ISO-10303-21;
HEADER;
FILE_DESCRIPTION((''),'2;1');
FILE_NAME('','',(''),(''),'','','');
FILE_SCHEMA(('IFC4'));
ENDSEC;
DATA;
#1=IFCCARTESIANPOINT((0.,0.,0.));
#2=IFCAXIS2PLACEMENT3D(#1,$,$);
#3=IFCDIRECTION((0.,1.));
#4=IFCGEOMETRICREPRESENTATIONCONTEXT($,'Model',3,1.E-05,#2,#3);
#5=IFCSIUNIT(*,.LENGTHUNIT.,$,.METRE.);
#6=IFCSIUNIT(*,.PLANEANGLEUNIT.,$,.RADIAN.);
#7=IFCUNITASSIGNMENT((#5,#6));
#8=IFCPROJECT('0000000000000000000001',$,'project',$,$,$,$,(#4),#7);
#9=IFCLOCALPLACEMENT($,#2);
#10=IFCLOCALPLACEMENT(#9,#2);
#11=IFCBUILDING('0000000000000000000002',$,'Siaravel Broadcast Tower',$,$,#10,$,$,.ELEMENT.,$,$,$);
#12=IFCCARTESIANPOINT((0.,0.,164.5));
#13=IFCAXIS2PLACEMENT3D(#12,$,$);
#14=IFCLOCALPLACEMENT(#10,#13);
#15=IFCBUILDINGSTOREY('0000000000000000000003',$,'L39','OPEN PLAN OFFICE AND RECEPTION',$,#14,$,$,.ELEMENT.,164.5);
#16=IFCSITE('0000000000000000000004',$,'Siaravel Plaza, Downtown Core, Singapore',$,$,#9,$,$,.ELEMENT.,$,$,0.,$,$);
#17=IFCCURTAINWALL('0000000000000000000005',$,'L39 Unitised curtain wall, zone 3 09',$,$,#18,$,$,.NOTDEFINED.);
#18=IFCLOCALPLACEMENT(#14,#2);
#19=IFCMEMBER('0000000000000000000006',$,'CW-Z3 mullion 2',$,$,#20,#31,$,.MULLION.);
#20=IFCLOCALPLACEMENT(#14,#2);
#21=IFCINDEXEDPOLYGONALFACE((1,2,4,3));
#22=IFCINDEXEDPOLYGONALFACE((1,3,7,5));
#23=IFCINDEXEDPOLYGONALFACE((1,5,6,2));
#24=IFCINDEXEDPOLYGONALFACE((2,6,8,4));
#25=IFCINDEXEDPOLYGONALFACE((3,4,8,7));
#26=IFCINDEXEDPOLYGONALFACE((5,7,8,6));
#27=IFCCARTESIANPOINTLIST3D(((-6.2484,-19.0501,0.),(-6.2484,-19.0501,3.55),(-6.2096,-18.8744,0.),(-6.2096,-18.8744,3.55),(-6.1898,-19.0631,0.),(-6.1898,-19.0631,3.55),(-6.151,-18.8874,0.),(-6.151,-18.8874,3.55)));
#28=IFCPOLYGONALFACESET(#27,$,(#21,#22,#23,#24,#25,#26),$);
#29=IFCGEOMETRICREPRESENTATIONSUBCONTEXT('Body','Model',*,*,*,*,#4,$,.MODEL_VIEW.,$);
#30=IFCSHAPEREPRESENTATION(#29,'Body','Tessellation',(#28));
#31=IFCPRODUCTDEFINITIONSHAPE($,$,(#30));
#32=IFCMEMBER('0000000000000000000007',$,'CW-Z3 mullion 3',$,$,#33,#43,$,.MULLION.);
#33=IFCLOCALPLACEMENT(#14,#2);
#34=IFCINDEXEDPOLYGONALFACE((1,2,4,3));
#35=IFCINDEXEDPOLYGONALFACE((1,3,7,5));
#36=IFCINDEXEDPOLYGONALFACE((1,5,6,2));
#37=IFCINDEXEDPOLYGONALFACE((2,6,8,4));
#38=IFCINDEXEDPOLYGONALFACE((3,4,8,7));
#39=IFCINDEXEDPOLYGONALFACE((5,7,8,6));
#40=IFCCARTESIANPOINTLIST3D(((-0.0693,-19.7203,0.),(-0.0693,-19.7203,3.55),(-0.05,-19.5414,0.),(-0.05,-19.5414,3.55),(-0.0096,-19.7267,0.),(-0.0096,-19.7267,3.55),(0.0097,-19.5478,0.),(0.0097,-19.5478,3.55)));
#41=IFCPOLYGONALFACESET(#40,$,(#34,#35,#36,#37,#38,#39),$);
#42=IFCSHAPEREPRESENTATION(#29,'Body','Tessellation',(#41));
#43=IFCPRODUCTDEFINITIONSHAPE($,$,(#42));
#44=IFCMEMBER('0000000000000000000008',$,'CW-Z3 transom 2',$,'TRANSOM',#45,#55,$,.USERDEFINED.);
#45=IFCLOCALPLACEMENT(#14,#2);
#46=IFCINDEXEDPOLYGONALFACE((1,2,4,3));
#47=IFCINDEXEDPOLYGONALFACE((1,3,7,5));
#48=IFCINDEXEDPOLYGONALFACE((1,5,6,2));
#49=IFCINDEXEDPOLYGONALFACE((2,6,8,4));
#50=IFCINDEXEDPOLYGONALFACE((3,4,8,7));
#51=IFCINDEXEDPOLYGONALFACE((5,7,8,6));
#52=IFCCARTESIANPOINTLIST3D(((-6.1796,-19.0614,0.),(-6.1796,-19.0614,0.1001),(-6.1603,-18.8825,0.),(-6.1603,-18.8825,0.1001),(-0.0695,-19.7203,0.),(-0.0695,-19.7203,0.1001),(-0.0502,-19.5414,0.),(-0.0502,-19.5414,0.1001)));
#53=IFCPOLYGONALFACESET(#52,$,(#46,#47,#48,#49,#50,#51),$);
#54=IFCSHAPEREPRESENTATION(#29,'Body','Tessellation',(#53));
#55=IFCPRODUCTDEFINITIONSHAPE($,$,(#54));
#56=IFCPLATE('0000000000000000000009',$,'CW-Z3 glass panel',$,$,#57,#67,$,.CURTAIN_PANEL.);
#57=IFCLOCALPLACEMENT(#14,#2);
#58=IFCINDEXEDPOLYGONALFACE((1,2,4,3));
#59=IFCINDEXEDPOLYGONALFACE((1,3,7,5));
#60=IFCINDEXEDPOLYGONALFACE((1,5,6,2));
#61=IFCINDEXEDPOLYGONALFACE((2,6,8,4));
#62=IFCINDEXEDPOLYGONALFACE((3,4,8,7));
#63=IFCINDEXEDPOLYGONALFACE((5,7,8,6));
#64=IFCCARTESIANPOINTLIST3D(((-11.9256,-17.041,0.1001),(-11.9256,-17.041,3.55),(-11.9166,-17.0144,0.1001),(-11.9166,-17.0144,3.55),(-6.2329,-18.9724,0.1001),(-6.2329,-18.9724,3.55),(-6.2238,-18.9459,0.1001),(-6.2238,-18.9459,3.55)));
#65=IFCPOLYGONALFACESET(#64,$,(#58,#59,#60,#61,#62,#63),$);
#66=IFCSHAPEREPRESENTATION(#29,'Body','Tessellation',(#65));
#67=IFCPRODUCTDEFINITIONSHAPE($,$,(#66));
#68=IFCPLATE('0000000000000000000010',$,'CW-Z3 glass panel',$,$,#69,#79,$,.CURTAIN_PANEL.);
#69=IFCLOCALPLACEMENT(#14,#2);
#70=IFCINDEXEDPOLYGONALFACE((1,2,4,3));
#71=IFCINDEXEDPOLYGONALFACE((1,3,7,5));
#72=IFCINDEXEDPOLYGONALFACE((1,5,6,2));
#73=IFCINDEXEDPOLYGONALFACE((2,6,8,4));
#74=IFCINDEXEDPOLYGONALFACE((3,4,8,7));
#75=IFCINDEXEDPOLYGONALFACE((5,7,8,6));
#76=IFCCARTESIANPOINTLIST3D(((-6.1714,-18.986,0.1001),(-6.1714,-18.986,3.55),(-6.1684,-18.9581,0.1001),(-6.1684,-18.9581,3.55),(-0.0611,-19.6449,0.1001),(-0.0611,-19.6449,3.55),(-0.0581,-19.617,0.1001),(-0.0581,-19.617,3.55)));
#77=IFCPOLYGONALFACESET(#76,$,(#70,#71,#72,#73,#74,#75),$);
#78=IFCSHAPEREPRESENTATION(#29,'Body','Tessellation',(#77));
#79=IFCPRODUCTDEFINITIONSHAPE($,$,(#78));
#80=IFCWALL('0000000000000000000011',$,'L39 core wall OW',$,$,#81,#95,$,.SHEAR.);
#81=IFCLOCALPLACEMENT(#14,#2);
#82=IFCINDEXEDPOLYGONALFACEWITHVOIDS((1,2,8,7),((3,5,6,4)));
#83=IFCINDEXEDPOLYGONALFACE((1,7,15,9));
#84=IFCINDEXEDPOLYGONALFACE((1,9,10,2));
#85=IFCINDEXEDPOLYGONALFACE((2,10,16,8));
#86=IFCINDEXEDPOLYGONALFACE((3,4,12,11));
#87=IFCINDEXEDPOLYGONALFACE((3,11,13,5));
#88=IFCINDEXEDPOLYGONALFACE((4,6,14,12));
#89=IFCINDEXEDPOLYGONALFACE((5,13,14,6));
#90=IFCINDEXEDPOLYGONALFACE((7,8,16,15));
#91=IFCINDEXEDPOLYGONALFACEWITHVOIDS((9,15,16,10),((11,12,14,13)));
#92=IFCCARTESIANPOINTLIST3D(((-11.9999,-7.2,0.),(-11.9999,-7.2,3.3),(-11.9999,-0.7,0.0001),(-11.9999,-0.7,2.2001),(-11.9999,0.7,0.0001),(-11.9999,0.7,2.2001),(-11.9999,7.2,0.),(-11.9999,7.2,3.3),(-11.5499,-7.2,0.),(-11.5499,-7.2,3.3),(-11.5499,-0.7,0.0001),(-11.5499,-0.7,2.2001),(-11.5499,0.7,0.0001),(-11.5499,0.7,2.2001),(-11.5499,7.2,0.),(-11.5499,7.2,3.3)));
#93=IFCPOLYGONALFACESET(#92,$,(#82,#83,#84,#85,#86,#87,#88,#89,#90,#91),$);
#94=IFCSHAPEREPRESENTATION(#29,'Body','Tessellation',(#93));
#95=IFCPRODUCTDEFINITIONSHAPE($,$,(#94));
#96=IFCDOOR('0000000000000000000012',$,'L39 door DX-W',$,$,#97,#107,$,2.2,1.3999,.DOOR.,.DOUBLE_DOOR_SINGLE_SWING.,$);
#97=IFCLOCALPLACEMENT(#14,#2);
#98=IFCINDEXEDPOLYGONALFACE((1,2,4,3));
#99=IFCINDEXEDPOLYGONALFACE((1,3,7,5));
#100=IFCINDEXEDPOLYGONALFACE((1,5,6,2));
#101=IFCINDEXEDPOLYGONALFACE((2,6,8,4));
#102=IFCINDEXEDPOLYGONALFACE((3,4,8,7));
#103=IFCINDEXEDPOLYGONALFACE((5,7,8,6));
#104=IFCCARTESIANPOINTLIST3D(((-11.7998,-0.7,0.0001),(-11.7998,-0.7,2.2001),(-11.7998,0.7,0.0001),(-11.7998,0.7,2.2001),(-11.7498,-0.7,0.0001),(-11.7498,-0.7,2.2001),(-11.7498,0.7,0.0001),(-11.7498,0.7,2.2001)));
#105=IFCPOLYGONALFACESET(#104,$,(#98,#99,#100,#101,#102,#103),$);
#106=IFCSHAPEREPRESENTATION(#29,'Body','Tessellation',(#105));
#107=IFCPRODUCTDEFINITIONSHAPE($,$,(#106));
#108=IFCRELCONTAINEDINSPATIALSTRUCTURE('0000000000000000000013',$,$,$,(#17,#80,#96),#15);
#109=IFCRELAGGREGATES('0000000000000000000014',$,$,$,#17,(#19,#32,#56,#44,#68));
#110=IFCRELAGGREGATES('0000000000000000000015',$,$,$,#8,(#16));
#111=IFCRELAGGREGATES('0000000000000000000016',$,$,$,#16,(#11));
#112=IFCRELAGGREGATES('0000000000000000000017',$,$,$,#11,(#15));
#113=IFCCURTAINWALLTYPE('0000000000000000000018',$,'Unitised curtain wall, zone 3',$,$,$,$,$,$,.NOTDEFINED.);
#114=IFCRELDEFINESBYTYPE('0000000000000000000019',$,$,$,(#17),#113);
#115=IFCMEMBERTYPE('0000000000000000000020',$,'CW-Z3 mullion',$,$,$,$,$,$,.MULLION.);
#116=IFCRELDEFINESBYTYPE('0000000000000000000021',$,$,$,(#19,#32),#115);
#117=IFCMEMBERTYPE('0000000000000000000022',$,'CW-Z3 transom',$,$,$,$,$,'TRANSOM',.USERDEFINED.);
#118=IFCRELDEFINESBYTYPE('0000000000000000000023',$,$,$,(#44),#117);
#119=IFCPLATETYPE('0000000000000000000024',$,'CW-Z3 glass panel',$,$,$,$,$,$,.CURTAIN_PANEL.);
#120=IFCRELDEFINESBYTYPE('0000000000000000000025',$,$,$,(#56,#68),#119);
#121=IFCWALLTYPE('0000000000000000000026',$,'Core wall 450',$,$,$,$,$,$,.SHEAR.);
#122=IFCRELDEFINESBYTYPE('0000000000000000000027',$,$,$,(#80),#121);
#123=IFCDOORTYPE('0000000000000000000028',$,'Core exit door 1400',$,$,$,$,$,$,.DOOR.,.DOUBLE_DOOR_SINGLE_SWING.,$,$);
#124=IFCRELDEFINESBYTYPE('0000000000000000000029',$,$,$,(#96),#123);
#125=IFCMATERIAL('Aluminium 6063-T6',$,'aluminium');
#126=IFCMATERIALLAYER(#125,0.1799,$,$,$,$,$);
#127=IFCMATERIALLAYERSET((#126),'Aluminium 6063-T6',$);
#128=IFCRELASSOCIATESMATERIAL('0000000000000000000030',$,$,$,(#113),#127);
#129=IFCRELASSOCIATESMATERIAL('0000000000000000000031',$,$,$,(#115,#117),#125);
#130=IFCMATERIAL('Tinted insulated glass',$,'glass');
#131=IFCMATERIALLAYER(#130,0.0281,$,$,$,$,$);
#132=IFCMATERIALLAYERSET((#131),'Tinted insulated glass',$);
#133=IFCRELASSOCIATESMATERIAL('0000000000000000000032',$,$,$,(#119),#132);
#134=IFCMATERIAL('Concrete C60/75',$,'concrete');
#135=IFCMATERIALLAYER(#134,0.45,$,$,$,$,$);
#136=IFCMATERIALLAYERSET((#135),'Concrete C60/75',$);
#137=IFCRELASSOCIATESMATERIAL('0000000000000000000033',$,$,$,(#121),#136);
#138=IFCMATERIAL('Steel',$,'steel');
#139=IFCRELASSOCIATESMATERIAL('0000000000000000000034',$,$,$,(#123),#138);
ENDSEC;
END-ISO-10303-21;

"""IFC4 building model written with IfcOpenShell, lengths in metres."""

from ifc_helpers import new_model, si_unit, direction, frame, frame_2d, origin, origin_2d, place, context, subcontext, project, spatial, rectangle, extrude, material, layer, layer_set, material_profile, profile_set, type_object, element, fill, aggregate, save


model = new_model("IFC4")

# Units and contexts
model_context = context("Model", 3, precision=1e-05, world=origin(), true_north=direction((0.0, 1.0)))
body_context = subcontext(model_context, "Body", "Model", "MODEL_VIEW")
ifc_project = project(units=[si_unit("LENGTHUNIT", "METRE"), si_unit("PLANEANGLEUNIT", "RADIAN")], contexts=[model_context])

# Site, building, storey
site_placement = place(None, origin())
site = spatial("IfcSite", under=ifc_project, at=site_placement, Name="Siaravel Plaza, Downtown Core, Singapore", CompositionType="ELEMENT", RefElevation=0.0)
building_placement = place(site_placement, origin())
building = spatial("IfcBuilding", under=site, at=building_placement, Name="Siaravel Broadcast Tower", CompositionType="ELEMENT")
storey_placement = place(building_placement, frame((0.0, 0.0, 164.5)))
storey = spatial("IfcBuildingStorey", under=building, at=storey_placement, Name="L39", Description="OPEN PLAN OFFICE AND RECEPTION", CompositionType="ELEMENT", Elevation=164.5)

# Shared definitions
ifc_material_1 = material(Name="Concrete C60/75", Category="concrete")

# Curtain wall, members, plates
ifc_material_2 = material(Name="Aluminium 6063-T6", Category="aluminium")
ifc_layer_1 = layer(ifc_material_2, 0.1799)
ifc_layer_set_1 = layer_set([ifc_layer_1], Name="Aluminium 6063-T6")
curtain_wall_type = type_object("IfcCurtainWallType", Name="Unitised curtain wall, zone 3", PredefinedType="NOTDEFINED", material=ifc_layer_set_1)
curtain_wall_placement = place(storey_placement, origin())
curtain_wall = element("IfcCurtainWall", 1, at=curtain_wall_placement, inside=storey, type_object=curtain_wall_type, Name="L39 Unitised curtain wall, zone 3 09", PredefinedType="NOTDEFINED")
ifc_material_profile_1 = material_profile(ifc_material_2, rectangle(XDim=0.1799, YDim=0.0601, at=origin_2d()))
ifc_profile_set_1 = profile_set([ifc_material_profile_1], Name="Aluminium 6063-T6")
member_type_1 = type_object("IfcMemberType", Name="CW-Z3 mullion", PredefinedType="MULLION", material=ifc_profile_set_1)
member_1_placement = place(storey_placement, frame((-6.1997, -18.9688, 0.0), z_axis=(0.0, 0.0, 1.0), x_axis=(0.215559, 0.976491, 0.0)))
member_1 = element("IfcMember", 2, at=member_1_placement, type_object=member_type_1, Name="CW-Z3 mullion 2", PredefinedType="MULLION", context=body_context, shape_type="SweptSolid", body=[
    extrude(rectangle(XDim=0.1799, YDim=0.0601, at=origin_2d()), origin(), (0.0, 0.0, 1.0), 3.55),
])
member_2_placement = place(storey_placement, frame((-0.0298, -19.634, 0.0), z_axis=(0.0, 0.0, 1.0), x_axis=(0.107218, 0.994236, 0.0)))
member_2 = element("IfcMember", 3, at=member_2_placement, type_object=member_type_1, Name="CW-Z3 mullion 3", PredefinedType="MULLION", context=body_context, shape_type="SweptSolid", body=[
    extrude(rectangle(XDim=0.1799, YDim=0.0601, at=origin_2d()), origin(), (0.0, 0.0, 1.0), 3.55),
])
ifc_material_profile_2 = material_profile(ifc_material_2, rectangle(XDim=0.1799, YDim=0.1001, at=origin_2d()))
ifc_profile_set_2 = profile_set([ifc_material_profile_2], Name="Aluminium 6063-T6")
member_type_2 = type_object("IfcMemberType", Name="CW-Z3 transom", ElementType="TRANSOM", PredefinedType="USERDEFINED", material=ifc_profile_set_2)
member_3_placement = place(storey_placement, frame((-6.1699, -18.9719, 0.05), z_axis=(0.994235, -0.107222, 0.0), x_axis=(0.107222, 0.994235, 0.0)))
member_3 = element("IfcMember", 4, at=member_3_placement, type_object=member_type_2, Name="CW-Z3 transom 2", ObjectType="TRANSOM", PredefinedType="USERDEFINED", context=body_context, shape_type="SweptSolid", body=[
    extrude(rectangle(XDim=0.1799, YDim=0.1001, at=origin_2d()), origin(), (0.0, 0.0, 1.0), 6.1455),
])
ifc_material_3 = material(Name="Tinted insulated glass", Category="glass")
ifc_layer_2 = layer(ifc_material_3, 0.0281)
ifc_layer_set_2 = layer_set([ifc_layer_2], Name="Tinted insulated glass")
plate_type = type_object("IfcPlateType", Name="CW-Z3 glass panel", PredefinedType="CURTAIN_PANEL", material=ifc_layer_set_2)
plate_1_placement = place(storey_placement, frame((-9.0747, -17.9934, 0.1001), z_axis=(0.0, 0.0, 1.0), x_axis=(0.946977, -0.321301, 0.0)))
plate_1 = element("IfcPlate", 5, at=plate_1_placement, type_object=plate_type, Name="CW-Z3 glass panel", PredefinedType="CURTAIN_PANEL", context=body_context, shape_type="SweptSolid", body=[
    extrude(rectangle(XDim=6.0115, YDim=0.0281, at=origin_2d()), origin(), (0.0, 0.0, 1.0), 3.45),
])
plate_2_placement = place(storey_placement, frame((-3.1147, -19.3015, 0.1001), z_axis=(0.0, 0.0, 1.0), x_axis=(0.994236, -0.107218, 0.0)))
plate_2 = element("IfcPlate", 6, at=plate_2_placement, type_object=plate_type, Name="CW-Z3 glass panel", PredefinedType="CURTAIN_PANEL", context=body_context, shape_type="SweptSolid", body=[
    extrude(rectangle(XDim=6.1458, YDim=0.0281, at=origin_2d()), origin(), (0.0, 0.0, 1.0), 3.45),
])
aggregate(curtain_wall, [member_1, member_2, plate_1, member_3, plate_2])

# Wall, opening, door
ifc_layer_3 = layer(ifc_material_1, 0.45)
ifc_layer_set_3 = layer_set([ifc_layer_3], Name="Concrete C60/75")
wall_type_1 = type_object("IfcWallType", Name="Core wall 450", PredefinedType="SHEAR", material=ifc_layer_set_3)
wall_1_placement = place(storey_placement, frame((-11.7749, -7.2, 0.0), z_axis=(0.0, 0.0, 1.0), x_axis=(0.0, 1.0, 0.0)))
wall_1 = element("IfcWall", 7, at=wall_1_placement, inside=storey, type_object=wall_type_1, Name="L39 core wall OW", PredefinedType="SHEAR", context=body_context, shape_type="SweptSolid", body=[
    extrude(rectangle(XDim=14.3999, YDim=0.45, at=frame_2d((7.2, 0.0))), origin(), (0.0, 0.0, 1.0), 3.3),
])
opening_1_placement = place(wall_1_placement, frame((6.5, 0.0, 0.0)))
opening_1 = element("IfcOpeningElement", 8, at=opening_1_placement, cuts=wall_1, PredefinedType="OPENING", context=body_context, shape_type="SweptSolid", body=[
    extrude(rectangle(XDim=1.3999, YDim=2.2, at=frame_2d((0.7, 1.1001))), frame((0.0, 0.2349, 0.0), z_axis=(0.0, -1.0, 0.0), x_axis=(1.0, 0.0, 0.0)), (0.0, 0.0, 1.0), 0.47),
])
ifc_material_4 = material(Name="Steel", Category="steel")
door_type_1 = type_object("IfcDoorType", Name="Core exit door 1400", OperationType="DOUBLE_DOOR_SINGLE_SWING", PredefinedType="DOOR", material=ifc_material_4)
door_1_placement = place(opening_1_placement, origin())
door_1 = element("IfcDoor", 9, at=door_1_placement, inside=storey, type_object=door_type_1, Name="L39 door DX-W", OperationType="DOUBLE_DOOR_SINGLE_SWING", OverallHeight=2.2, OverallWidth=1.3999, PredefinedType="DOOR", context=body_context, shape_type="SweptSolid", body=[
    extrude(rectangle(XDim=1.3999, YDim=2.2, at=frame_2d((0.7, 1.1001))), frame((0.0, 0.0249, 0.0), z_axis=(0.0, -1.0, 0.0), x_axis=(1.0, 0.0, 0.0)), (0.0, 0.0, 1.0), 0.05),
])
fill(opening_1, door_1)

save(model, "model.ifc")
